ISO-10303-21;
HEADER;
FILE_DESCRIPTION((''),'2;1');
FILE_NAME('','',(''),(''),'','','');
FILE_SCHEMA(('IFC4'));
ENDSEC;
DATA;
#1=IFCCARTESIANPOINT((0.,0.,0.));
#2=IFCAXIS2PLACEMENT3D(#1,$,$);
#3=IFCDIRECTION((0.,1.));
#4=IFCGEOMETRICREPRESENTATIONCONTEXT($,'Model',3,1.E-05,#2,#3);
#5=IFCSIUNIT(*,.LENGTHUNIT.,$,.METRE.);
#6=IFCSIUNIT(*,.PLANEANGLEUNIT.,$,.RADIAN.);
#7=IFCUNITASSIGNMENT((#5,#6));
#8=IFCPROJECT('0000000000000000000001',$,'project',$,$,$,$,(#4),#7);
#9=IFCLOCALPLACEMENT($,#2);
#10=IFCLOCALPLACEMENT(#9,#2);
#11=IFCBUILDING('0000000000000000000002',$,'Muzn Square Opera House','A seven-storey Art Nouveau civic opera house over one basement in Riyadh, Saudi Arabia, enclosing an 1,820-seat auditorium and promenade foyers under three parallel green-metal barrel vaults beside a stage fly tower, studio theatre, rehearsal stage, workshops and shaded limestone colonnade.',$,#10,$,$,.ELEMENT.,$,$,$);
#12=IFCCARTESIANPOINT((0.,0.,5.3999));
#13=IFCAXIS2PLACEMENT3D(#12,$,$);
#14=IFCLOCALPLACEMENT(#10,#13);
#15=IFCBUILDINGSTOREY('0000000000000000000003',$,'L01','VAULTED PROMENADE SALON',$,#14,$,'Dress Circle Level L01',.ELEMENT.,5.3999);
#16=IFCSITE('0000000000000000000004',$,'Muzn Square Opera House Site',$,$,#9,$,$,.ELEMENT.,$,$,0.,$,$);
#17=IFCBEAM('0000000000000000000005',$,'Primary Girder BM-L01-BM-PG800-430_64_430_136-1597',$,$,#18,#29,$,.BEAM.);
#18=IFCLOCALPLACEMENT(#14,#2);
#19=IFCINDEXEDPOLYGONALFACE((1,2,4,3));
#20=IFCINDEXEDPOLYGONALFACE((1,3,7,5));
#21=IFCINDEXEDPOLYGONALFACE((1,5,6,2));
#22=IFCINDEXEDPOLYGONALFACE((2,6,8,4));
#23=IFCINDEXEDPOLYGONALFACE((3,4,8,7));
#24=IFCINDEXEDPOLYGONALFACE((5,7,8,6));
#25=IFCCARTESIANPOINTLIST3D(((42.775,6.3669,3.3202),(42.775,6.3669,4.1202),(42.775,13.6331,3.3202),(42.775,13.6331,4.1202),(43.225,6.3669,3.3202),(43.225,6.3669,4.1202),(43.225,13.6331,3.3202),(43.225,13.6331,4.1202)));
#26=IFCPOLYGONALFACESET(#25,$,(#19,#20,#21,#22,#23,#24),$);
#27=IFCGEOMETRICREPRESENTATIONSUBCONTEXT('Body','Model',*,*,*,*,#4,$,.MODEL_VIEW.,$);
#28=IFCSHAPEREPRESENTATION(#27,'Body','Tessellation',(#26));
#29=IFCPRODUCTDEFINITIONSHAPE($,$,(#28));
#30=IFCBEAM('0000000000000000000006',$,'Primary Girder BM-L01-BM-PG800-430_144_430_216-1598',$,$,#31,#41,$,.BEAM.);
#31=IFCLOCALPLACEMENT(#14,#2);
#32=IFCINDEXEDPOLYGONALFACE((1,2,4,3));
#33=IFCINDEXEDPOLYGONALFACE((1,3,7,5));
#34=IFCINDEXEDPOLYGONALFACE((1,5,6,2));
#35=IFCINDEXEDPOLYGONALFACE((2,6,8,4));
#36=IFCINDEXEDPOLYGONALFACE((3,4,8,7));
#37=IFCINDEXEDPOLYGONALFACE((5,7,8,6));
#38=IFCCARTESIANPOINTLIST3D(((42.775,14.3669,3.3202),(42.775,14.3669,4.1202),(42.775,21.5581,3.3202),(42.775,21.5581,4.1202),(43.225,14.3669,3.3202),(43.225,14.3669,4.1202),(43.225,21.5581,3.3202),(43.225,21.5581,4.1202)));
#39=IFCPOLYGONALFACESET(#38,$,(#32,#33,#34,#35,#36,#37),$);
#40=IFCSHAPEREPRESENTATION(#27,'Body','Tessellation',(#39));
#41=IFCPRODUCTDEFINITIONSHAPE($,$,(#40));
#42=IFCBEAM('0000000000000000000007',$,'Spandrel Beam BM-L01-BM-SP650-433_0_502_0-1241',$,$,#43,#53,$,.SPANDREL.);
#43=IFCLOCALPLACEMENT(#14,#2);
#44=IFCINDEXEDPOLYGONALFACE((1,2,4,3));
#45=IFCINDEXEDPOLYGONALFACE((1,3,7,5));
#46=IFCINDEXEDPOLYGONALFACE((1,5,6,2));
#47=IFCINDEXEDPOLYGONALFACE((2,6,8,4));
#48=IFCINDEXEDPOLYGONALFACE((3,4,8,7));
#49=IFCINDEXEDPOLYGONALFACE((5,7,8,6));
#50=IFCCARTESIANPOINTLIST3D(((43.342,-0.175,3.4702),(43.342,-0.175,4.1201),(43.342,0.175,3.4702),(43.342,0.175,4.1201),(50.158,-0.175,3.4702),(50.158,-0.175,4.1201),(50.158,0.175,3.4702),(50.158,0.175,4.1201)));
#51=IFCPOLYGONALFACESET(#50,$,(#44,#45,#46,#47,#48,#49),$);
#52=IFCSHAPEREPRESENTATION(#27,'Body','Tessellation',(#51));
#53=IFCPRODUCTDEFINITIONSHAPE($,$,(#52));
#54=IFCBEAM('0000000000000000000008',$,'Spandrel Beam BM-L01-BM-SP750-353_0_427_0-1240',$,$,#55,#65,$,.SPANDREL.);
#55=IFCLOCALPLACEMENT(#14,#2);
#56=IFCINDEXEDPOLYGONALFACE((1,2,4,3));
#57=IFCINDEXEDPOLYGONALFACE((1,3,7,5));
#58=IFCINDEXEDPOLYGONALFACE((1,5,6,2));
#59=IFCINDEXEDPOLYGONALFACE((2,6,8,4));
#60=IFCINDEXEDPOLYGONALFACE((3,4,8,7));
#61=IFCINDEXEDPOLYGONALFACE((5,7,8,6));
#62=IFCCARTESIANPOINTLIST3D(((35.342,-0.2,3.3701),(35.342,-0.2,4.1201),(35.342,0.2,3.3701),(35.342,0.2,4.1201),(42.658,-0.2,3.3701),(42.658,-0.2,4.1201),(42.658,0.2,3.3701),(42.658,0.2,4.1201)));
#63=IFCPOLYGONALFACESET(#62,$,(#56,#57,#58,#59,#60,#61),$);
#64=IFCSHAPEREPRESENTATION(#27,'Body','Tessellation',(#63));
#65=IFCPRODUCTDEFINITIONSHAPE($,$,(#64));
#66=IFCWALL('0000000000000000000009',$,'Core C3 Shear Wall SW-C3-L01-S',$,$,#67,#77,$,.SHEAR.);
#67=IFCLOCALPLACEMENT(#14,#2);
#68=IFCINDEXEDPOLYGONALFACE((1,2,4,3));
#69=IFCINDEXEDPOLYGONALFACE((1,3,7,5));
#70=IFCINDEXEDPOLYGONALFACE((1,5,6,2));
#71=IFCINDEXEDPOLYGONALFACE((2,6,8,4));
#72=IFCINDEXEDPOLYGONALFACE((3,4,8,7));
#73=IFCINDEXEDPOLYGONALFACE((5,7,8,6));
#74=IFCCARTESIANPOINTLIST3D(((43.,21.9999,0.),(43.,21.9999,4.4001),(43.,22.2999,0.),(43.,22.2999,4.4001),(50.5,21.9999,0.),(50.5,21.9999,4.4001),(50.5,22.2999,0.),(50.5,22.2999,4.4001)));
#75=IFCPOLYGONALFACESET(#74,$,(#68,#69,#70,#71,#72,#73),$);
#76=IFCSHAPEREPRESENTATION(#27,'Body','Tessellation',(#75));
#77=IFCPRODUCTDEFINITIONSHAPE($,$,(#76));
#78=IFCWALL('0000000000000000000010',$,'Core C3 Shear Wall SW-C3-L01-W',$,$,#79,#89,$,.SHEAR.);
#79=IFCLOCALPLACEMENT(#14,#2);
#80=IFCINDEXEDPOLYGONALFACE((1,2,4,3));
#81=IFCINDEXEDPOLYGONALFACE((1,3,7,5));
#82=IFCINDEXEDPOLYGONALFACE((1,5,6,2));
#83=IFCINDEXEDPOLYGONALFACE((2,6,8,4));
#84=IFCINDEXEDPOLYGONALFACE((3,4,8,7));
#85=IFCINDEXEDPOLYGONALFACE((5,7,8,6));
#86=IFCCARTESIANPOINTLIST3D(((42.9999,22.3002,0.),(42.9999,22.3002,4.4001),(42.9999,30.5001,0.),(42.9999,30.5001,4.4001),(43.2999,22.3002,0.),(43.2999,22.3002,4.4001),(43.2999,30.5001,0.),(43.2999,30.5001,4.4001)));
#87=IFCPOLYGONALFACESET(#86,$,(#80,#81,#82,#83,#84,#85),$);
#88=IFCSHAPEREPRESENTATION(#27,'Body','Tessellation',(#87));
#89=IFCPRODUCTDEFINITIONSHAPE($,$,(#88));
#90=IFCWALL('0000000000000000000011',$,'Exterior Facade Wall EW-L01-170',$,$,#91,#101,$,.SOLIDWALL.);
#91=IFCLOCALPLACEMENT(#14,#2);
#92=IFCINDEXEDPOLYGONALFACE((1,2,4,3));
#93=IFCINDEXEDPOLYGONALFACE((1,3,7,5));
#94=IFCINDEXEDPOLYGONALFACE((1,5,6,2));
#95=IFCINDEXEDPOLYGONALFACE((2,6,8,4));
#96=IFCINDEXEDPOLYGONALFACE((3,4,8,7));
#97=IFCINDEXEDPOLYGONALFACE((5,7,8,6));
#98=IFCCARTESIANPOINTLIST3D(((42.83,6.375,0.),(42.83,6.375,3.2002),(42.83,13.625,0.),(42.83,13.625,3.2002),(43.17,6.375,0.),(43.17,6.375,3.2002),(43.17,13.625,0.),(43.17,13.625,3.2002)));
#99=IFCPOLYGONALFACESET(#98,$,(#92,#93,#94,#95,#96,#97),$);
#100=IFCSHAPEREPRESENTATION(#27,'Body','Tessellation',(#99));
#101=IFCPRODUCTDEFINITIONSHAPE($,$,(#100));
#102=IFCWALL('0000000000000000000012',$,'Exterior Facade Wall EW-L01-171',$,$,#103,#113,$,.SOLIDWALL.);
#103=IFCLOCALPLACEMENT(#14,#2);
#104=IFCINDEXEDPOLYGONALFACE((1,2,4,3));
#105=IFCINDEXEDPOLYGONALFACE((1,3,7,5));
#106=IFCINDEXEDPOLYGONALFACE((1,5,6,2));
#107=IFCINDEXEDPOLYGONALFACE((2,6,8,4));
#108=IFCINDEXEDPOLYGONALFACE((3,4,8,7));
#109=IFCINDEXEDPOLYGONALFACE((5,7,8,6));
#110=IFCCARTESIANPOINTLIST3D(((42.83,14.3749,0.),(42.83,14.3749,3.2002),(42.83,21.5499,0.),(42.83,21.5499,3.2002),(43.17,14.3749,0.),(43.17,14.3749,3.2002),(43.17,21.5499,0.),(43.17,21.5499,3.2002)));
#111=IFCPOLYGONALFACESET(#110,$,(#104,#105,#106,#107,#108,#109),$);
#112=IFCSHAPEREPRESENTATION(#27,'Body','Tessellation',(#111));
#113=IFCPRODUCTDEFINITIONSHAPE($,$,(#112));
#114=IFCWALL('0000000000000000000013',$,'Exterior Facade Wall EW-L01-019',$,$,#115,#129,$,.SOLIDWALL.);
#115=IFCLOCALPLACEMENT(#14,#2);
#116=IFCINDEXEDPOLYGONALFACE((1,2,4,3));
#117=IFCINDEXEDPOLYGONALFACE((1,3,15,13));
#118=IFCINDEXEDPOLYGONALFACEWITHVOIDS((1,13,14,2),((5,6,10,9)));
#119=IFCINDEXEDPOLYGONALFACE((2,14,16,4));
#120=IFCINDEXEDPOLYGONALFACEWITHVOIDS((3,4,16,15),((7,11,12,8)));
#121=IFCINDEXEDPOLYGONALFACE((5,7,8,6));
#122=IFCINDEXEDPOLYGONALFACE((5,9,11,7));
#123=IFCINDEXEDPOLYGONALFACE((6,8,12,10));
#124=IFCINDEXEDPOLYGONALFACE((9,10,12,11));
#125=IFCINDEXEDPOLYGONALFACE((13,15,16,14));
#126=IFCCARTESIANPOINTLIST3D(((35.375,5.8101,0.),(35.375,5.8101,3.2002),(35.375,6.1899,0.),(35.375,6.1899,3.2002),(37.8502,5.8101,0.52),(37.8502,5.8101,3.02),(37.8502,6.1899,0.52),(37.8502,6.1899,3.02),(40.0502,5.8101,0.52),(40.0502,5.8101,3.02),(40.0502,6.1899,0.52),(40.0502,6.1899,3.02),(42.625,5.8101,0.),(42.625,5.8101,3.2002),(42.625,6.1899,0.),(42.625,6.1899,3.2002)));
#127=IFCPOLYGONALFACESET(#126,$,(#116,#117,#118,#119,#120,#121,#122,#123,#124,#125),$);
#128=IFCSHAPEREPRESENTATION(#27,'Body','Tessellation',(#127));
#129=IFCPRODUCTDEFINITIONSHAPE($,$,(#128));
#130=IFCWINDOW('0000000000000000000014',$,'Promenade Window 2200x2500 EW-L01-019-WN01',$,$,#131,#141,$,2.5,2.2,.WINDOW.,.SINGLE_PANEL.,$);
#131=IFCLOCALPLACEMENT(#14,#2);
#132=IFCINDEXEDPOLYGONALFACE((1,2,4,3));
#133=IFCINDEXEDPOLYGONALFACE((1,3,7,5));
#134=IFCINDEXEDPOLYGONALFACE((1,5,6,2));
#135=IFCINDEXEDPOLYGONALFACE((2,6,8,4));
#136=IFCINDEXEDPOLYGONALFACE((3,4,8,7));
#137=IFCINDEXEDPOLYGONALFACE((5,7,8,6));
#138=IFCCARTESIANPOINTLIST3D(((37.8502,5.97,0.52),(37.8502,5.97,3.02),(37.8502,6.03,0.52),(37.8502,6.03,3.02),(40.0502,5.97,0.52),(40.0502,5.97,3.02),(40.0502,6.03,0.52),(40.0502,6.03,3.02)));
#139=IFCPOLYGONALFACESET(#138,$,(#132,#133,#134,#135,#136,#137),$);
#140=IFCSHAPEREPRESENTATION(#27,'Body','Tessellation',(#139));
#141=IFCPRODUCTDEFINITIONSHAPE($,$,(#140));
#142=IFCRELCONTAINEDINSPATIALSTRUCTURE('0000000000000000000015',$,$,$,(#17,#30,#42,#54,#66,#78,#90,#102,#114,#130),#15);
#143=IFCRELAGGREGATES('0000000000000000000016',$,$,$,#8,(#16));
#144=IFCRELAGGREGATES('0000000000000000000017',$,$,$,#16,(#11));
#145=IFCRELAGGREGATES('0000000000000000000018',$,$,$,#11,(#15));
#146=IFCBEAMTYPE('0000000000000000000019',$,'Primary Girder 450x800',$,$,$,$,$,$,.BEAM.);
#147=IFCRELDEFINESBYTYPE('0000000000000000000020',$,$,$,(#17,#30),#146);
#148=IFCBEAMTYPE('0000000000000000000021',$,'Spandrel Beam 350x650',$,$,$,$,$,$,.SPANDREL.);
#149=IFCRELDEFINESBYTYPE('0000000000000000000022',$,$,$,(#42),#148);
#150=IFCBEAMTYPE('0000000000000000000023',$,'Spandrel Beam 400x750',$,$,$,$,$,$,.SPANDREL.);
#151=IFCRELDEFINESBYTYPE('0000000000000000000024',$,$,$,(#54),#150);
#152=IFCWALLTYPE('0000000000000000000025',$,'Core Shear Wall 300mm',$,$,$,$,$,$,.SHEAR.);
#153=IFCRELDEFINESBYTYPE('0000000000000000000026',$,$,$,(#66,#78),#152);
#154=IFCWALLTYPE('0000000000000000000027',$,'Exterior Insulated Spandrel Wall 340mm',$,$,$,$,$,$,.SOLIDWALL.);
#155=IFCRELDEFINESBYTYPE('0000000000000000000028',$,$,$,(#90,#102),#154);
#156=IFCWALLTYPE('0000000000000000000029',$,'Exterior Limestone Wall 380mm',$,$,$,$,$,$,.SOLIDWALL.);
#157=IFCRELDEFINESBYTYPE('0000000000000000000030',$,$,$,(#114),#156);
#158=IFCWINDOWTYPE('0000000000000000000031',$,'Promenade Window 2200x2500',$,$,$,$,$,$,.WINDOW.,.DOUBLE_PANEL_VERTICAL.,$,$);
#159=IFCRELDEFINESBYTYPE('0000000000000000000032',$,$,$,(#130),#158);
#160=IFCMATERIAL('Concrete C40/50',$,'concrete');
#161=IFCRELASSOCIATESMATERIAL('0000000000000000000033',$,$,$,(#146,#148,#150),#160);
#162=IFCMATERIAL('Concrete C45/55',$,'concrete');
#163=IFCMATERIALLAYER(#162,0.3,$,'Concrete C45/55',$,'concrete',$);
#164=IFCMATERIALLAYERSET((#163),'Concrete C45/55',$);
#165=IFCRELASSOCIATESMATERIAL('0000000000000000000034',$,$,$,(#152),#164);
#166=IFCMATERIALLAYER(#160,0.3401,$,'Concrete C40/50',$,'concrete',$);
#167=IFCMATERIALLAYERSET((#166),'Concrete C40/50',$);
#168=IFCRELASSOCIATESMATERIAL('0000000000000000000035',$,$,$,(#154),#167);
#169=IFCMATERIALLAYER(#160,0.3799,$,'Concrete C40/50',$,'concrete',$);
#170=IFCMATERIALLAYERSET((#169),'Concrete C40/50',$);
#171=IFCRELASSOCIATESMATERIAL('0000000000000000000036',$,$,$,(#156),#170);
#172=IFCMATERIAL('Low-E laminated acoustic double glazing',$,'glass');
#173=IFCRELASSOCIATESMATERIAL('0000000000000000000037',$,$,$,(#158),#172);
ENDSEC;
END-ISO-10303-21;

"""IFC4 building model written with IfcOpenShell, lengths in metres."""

from ifc_helpers import new_model, si_unit, direction, frame, frame_2d, origin, origin_2d, place, context, subcontext, project, spatial, rectangle, extrude, material, layer, layer_set, material_profile, profile_set, type_object, element, fill, save


model = new_model("IFC4")

# Units and contexts
model_context = context("Model", 3, precision=1e-05, world=origin(), true_north=direction((0.0, 1.0)))
body_context = subcontext(model_context, "Body", "Model", "MODEL_VIEW")
ifc_project = project(units=[si_unit("LENGTHUNIT", "METRE"), si_unit("PLANEANGLEUNIT", "RADIAN")], contexts=[model_context])

# Site, building, storey
site_placement = place(None, origin())
site = spatial("IfcSite", under=ifc_project, at=site_placement, Name="Muzn Square Opera House Site", CompositionType="ELEMENT", RefElevation=0.0)
building_placement = place(site_placement, origin())
building = spatial("IfcBuilding", under=site, at=building_placement, Name="Muzn Square Opera House", Description="A seven-storey Art Nouveau civic opera house over one basement in Riyadh, Saudi Arabia, enclosing an 1,820-seat auditorium and promenade foyers under three parallel green-metal barrel vaults beside a stage fly tower, studio theatre, rehearsal stage, workshops and shaded limestone colonnade.", CompositionType="ELEMENT")
storey_placement = place(building_placement, frame((0.0, 0.0, 5.3999)))
storey = spatial("IfcBuildingStorey", under=building, at=storey_placement, Name="L01", Description="VAULTED PROMENADE SALON", LongName="Dress Circle Level L01", CompositionType="ELEMENT", Elevation=5.3999)

# Shared definitions
ifc_material_1 = material(Name="Concrete C45/55", Category="concrete")

# Beams
ifc_material_2 = material(Name="Concrete C40/50", Category="concrete")
ifc_material_profile_1 = material_profile(ifc_material_2, rectangle(XDim=0.45, YDim=0.8, at=origin_2d()), Name="RCB 450x800", Category="concrete")
ifc_profile_set_1 = profile_set([ifc_material_profile_1], Name="Concrete C40/50")
beam_type_1 = type_object("IfcBeamType", Name="Primary Girder 450x800", PredefinedType="BEAM", material=ifc_profile_set_1)
beam_1_placement = place(storey_placement, frame((43.0, 6.3669, 3.7202), z_axis=(0.0, 1.0, 0.0), x_axis=(-1.0, 0.0, 0.0)))
element("IfcBeam", 1, at=beam_1_placement, inside=storey, type_object=beam_type_1, Name="Primary Girder BM-L01-BM-PG800-430_64_430_136-1597", PredefinedType="BEAM", context=body_context, shape_type="SweptSolid", body=[
    extrude(rectangle(XDim=0.45, YDim=0.8, at=origin_2d()), origin(), (0.0, 0.0, 1.0), 7.2661),
])
beam_2_placement = place(storey_placement, frame((43.0, 14.3669, 3.7202), z_axis=(0.0, 1.0, 0.0), x_axis=(-1.0, 0.0, 0.0)))
element("IfcBeam", 2, at=beam_2_placement, inside=storey, type_object=beam_type_1, Name="Primary Girder BM-L01-BM-PG800-430_144_430_216-1598", PredefinedType="BEAM", context=body_context, shape_type="SweptSolid", body=[
    extrude(rectangle(XDim=0.45, YDim=0.8, at=origin_2d()), origin(), (0.0, 0.0, 1.0), 7.1912),
])
ifc_material_profile_2 = material_profile(ifc_material_2, rectangle(XDim=0.3501, YDim=0.6499, at=origin_2d()), Name="RCS 350x650", Category="concrete")
ifc_profile_set_2 = profile_set([ifc_material_profile_2], Name="Concrete C40/50")
beam_type_2 = type_object("IfcBeamType", Name="Spandrel Beam 350x650", PredefinedType="SPANDREL", material=ifc_profile_set_2)
beam_3_placement = place(storey_placement, frame((43.342, 0.0, 3.7952), z_axis=(1.0, 0.0, 0.0), x_axis=(0.0, 1.0, 0.0)))
element("IfcBeam", 3, at=beam_3_placement, inside=storey, type_object=beam_type_2, Name="Spandrel Beam BM-L01-BM-SP650-433_0_502_0-1241", PredefinedType="SPANDREL", context=body_context, shape_type="SweptSolid", body=[
    extrude(rectangle(XDim=0.3501, YDim=0.6499, at=origin_2d()), origin(), (0.0, 0.0, 1.0), 6.8159),
])
ifc_material_profile_3 = material_profile(ifc_material_2, rectangle(XDim=0.3999, YDim=0.75, at=origin_2d()), Name="RCS 400x750", Category="concrete")
ifc_profile_set_3 = profile_set([ifc_material_profile_3], Name="Concrete C40/50")
beam_type_3 = type_object("IfcBeamType", Name="Spandrel Beam 400x750", PredefinedType="SPANDREL", material=ifc_profile_set_3)
beam_4_placement = place(storey_placement, frame((35.342, 0.0, 3.7451), z_axis=(1.0, 0.0, 0.0), x_axis=(0.0, 1.0, 0.0)))
element("IfcBeam", 4, at=beam_4_placement, inside=storey, type_object=beam_type_3, Name="Spandrel Beam BM-L01-BM-SP750-353_0_427_0-1240", PredefinedType="SPANDREL", context=body_context, shape_type="SweptSolid", body=[
    extrude(rectangle(XDim=0.3999, YDim=0.75, at=origin_2d()), origin(), (0.0, 0.0, 1.0), 7.3159),
])

# Walls
ifc_layer_1 = layer(ifc_material_1, 0.3, Name="Concrete C45/55", Category="concrete")
ifc_layer_set_1 = layer_set([ifc_layer_1], Name="Concrete C45/55")
wall_type_1 = type_object("IfcWallType", Name="Core Shear Wall 300mm", PredefinedType="SHEAR", material=ifc_layer_set_1)
wall_1_placement = place(storey_placement, frame((43.0, 22.1499, 0.0), z_axis=(0.0, 0.0, 1.0), x_axis=(1.0, 0.0, 0.0)))
element("IfcWall", 5, at=wall_1_placement, inside=storey, type_object=wall_type_1, Name="Core C3 Shear Wall SW-C3-L01-S", PredefinedType="SHEAR", context=body_context, shape_type="SweptSolid", body=[
    extrude(rectangle(XDim=7.5, YDim=0.3, at=frame_2d((3.75, 0.0))), origin(), (0.0, 0.0, 1.0), 4.4001),
])
wall_2_placement = place(storey_placement, frame((43.1499, 22.3, 0.0), z_axis=(0.0, 0.0, 1.0), x_axis=(0.0, 1.0, 0.0)))
element("IfcWall", 6, at=wall_2_placement, inside=storey, type_object=wall_type_1, Name="Core C3 Shear Wall SW-C3-L01-W", PredefinedType="SHEAR", context=body_context, shape_type="SweptSolid", body=[
    extrude(rectangle(XDim=8.2, YDim=0.3, at=frame_2d((4.1001, 0.0))), origin(), (0.0, 0.0, 1.0), 4.4001),
])
ifc_layer_2 = layer(ifc_material_2, 0.3401, Name="Concrete C40/50", Category="concrete")
ifc_layer_set_2 = layer_set([ifc_layer_2], Name="Concrete C40/50")
wall_type_2 = type_object("IfcWallType", Name="Exterior Insulated Spandrel Wall 340mm", PredefinedType="SOLIDWALL", material=ifc_layer_set_2)
wall_3_placement = place(storey_placement, frame((43.0, 6.375, 0.0), z_axis=(0.0, 0.0, 1.0), x_axis=(0.0, 1.0, 0.0)))
element("IfcWall", 7, at=wall_3_placement, inside=storey, type_object=wall_type_2, Name="Exterior Facade Wall EW-L01-170", PredefinedType="SOLIDWALL", context=body_context, shape_type="SweptSolid", body=[
    extrude(rectangle(XDim=7.25, YDim=0.3401, at=frame_2d((3.625, 0.0))), origin(), (0.0, 0.0, 1.0), 3.2002),
])
wall_4_placement = place(storey_placement, frame((43.0, 14.375, 0.0), z_axis=(0.0, 0.0, 1.0), x_axis=(0.0, 1.0, 0.0)))
element("IfcWall", 8, at=wall_4_placement, inside=storey, type_object=wall_type_2, Name="Exterior Facade Wall EW-L01-171", PredefinedType="SOLIDWALL", context=body_context, shape_type="SweptSolid", body=[
    extrude(rectangle(XDim=7.175, YDim=0.3401, at=frame_2d((3.5874, 0.0))), origin(), (0.0, 0.0, 1.0), 3.2002),
])

# Wall, opening, window
ifc_layer_3 = layer(ifc_material_2, 0.3799, Name="Concrete C40/50", Category="concrete")
ifc_layer_set_3 = layer_set([ifc_layer_3], Name="Concrete C40/50")
wall_type_3 = type_object("IfcWallType", Name="Exterior Limestone Wall 380mm", PredefinedType="SOLIDWALL", material=ifc_layer_set_3)
wall_5_placement = place(storey_placement, frame((35.375, 6.0, 0.0), z_axis=(0.0, 0.0, 1.0), x_axis=(1.0, 0.0, 0.0)))
wall_5 = element("IfcWall", 9, at=wall_5_placement, inside=storey, type_object=wall_type_3, Name="Exterior Facade Wall EW-L01-019", PredefinedType="SOLIDWALL", context=body_context, shape_type="SweptSolid", body=[
    extrude(rectangle(XDim=7.25, YDim=0.3799, at=frame_2d((3.625, 0.0))), origin(), (0.0, 0.0, 1.0), 3.2002),
])
opening_placement = place(wall_5_placement, frame((2.4751, 0.0, 0.52)))
opening = element("IfcOpeningElement", 10, at=opening_placement, cuts=wall_5, PredefinedType="OPENING", context=body_context, shape_type="SweptSolid", body=[
    extrude(rectangle(XDim=2.2, YDim=2.5, at=frame_2d((1.1001, 1.25))), frame((0.0, 0.2, 0.0), z_axis=(0.0, -1.0, 0.0), x_axis=(1.0, 0.0, 0.0)), (0.0, 0.0, 1.0), 0.3999),
])
ifc_material_3 = material(Name="Low-E laminated acoustic double glazing", Category="glass")
window_type = type_object("IfcWindowType", Name="Promenade Window 2200x2500", PartitioningType="DOUBLE_PANEL_VERTICAL", PredefinedType="WINDOW", material=ifc_material_3)
window_placement = place(opening_placement, origin())
window = element("IfcWindow", 11, at=window_placement, inside=storey, type_object=window_type, Name="Promenade Window 2200x2500 EW-L01-019-WN01", OverallHeight=2.5, OverallWidth=2.2, PartitioningType="SINGLE_PANEL", PredefinedType="WINDOW", context=body_context, shape_type="SweptSolid", body=[
    extrude(rectangle(XDim=2.2, YDim=2.5, at=frame_2d((1.1001, 1.25))), frame((0.0, 0.03, 0.0), z_axis=(0.0, -1.0, 0.0), x_axis=(1.0, 0.0, 0.0)), (0.0, 0.0, 1.0), 0.0601),
])
fill(opening, window)

save(model, "model.ifc")
